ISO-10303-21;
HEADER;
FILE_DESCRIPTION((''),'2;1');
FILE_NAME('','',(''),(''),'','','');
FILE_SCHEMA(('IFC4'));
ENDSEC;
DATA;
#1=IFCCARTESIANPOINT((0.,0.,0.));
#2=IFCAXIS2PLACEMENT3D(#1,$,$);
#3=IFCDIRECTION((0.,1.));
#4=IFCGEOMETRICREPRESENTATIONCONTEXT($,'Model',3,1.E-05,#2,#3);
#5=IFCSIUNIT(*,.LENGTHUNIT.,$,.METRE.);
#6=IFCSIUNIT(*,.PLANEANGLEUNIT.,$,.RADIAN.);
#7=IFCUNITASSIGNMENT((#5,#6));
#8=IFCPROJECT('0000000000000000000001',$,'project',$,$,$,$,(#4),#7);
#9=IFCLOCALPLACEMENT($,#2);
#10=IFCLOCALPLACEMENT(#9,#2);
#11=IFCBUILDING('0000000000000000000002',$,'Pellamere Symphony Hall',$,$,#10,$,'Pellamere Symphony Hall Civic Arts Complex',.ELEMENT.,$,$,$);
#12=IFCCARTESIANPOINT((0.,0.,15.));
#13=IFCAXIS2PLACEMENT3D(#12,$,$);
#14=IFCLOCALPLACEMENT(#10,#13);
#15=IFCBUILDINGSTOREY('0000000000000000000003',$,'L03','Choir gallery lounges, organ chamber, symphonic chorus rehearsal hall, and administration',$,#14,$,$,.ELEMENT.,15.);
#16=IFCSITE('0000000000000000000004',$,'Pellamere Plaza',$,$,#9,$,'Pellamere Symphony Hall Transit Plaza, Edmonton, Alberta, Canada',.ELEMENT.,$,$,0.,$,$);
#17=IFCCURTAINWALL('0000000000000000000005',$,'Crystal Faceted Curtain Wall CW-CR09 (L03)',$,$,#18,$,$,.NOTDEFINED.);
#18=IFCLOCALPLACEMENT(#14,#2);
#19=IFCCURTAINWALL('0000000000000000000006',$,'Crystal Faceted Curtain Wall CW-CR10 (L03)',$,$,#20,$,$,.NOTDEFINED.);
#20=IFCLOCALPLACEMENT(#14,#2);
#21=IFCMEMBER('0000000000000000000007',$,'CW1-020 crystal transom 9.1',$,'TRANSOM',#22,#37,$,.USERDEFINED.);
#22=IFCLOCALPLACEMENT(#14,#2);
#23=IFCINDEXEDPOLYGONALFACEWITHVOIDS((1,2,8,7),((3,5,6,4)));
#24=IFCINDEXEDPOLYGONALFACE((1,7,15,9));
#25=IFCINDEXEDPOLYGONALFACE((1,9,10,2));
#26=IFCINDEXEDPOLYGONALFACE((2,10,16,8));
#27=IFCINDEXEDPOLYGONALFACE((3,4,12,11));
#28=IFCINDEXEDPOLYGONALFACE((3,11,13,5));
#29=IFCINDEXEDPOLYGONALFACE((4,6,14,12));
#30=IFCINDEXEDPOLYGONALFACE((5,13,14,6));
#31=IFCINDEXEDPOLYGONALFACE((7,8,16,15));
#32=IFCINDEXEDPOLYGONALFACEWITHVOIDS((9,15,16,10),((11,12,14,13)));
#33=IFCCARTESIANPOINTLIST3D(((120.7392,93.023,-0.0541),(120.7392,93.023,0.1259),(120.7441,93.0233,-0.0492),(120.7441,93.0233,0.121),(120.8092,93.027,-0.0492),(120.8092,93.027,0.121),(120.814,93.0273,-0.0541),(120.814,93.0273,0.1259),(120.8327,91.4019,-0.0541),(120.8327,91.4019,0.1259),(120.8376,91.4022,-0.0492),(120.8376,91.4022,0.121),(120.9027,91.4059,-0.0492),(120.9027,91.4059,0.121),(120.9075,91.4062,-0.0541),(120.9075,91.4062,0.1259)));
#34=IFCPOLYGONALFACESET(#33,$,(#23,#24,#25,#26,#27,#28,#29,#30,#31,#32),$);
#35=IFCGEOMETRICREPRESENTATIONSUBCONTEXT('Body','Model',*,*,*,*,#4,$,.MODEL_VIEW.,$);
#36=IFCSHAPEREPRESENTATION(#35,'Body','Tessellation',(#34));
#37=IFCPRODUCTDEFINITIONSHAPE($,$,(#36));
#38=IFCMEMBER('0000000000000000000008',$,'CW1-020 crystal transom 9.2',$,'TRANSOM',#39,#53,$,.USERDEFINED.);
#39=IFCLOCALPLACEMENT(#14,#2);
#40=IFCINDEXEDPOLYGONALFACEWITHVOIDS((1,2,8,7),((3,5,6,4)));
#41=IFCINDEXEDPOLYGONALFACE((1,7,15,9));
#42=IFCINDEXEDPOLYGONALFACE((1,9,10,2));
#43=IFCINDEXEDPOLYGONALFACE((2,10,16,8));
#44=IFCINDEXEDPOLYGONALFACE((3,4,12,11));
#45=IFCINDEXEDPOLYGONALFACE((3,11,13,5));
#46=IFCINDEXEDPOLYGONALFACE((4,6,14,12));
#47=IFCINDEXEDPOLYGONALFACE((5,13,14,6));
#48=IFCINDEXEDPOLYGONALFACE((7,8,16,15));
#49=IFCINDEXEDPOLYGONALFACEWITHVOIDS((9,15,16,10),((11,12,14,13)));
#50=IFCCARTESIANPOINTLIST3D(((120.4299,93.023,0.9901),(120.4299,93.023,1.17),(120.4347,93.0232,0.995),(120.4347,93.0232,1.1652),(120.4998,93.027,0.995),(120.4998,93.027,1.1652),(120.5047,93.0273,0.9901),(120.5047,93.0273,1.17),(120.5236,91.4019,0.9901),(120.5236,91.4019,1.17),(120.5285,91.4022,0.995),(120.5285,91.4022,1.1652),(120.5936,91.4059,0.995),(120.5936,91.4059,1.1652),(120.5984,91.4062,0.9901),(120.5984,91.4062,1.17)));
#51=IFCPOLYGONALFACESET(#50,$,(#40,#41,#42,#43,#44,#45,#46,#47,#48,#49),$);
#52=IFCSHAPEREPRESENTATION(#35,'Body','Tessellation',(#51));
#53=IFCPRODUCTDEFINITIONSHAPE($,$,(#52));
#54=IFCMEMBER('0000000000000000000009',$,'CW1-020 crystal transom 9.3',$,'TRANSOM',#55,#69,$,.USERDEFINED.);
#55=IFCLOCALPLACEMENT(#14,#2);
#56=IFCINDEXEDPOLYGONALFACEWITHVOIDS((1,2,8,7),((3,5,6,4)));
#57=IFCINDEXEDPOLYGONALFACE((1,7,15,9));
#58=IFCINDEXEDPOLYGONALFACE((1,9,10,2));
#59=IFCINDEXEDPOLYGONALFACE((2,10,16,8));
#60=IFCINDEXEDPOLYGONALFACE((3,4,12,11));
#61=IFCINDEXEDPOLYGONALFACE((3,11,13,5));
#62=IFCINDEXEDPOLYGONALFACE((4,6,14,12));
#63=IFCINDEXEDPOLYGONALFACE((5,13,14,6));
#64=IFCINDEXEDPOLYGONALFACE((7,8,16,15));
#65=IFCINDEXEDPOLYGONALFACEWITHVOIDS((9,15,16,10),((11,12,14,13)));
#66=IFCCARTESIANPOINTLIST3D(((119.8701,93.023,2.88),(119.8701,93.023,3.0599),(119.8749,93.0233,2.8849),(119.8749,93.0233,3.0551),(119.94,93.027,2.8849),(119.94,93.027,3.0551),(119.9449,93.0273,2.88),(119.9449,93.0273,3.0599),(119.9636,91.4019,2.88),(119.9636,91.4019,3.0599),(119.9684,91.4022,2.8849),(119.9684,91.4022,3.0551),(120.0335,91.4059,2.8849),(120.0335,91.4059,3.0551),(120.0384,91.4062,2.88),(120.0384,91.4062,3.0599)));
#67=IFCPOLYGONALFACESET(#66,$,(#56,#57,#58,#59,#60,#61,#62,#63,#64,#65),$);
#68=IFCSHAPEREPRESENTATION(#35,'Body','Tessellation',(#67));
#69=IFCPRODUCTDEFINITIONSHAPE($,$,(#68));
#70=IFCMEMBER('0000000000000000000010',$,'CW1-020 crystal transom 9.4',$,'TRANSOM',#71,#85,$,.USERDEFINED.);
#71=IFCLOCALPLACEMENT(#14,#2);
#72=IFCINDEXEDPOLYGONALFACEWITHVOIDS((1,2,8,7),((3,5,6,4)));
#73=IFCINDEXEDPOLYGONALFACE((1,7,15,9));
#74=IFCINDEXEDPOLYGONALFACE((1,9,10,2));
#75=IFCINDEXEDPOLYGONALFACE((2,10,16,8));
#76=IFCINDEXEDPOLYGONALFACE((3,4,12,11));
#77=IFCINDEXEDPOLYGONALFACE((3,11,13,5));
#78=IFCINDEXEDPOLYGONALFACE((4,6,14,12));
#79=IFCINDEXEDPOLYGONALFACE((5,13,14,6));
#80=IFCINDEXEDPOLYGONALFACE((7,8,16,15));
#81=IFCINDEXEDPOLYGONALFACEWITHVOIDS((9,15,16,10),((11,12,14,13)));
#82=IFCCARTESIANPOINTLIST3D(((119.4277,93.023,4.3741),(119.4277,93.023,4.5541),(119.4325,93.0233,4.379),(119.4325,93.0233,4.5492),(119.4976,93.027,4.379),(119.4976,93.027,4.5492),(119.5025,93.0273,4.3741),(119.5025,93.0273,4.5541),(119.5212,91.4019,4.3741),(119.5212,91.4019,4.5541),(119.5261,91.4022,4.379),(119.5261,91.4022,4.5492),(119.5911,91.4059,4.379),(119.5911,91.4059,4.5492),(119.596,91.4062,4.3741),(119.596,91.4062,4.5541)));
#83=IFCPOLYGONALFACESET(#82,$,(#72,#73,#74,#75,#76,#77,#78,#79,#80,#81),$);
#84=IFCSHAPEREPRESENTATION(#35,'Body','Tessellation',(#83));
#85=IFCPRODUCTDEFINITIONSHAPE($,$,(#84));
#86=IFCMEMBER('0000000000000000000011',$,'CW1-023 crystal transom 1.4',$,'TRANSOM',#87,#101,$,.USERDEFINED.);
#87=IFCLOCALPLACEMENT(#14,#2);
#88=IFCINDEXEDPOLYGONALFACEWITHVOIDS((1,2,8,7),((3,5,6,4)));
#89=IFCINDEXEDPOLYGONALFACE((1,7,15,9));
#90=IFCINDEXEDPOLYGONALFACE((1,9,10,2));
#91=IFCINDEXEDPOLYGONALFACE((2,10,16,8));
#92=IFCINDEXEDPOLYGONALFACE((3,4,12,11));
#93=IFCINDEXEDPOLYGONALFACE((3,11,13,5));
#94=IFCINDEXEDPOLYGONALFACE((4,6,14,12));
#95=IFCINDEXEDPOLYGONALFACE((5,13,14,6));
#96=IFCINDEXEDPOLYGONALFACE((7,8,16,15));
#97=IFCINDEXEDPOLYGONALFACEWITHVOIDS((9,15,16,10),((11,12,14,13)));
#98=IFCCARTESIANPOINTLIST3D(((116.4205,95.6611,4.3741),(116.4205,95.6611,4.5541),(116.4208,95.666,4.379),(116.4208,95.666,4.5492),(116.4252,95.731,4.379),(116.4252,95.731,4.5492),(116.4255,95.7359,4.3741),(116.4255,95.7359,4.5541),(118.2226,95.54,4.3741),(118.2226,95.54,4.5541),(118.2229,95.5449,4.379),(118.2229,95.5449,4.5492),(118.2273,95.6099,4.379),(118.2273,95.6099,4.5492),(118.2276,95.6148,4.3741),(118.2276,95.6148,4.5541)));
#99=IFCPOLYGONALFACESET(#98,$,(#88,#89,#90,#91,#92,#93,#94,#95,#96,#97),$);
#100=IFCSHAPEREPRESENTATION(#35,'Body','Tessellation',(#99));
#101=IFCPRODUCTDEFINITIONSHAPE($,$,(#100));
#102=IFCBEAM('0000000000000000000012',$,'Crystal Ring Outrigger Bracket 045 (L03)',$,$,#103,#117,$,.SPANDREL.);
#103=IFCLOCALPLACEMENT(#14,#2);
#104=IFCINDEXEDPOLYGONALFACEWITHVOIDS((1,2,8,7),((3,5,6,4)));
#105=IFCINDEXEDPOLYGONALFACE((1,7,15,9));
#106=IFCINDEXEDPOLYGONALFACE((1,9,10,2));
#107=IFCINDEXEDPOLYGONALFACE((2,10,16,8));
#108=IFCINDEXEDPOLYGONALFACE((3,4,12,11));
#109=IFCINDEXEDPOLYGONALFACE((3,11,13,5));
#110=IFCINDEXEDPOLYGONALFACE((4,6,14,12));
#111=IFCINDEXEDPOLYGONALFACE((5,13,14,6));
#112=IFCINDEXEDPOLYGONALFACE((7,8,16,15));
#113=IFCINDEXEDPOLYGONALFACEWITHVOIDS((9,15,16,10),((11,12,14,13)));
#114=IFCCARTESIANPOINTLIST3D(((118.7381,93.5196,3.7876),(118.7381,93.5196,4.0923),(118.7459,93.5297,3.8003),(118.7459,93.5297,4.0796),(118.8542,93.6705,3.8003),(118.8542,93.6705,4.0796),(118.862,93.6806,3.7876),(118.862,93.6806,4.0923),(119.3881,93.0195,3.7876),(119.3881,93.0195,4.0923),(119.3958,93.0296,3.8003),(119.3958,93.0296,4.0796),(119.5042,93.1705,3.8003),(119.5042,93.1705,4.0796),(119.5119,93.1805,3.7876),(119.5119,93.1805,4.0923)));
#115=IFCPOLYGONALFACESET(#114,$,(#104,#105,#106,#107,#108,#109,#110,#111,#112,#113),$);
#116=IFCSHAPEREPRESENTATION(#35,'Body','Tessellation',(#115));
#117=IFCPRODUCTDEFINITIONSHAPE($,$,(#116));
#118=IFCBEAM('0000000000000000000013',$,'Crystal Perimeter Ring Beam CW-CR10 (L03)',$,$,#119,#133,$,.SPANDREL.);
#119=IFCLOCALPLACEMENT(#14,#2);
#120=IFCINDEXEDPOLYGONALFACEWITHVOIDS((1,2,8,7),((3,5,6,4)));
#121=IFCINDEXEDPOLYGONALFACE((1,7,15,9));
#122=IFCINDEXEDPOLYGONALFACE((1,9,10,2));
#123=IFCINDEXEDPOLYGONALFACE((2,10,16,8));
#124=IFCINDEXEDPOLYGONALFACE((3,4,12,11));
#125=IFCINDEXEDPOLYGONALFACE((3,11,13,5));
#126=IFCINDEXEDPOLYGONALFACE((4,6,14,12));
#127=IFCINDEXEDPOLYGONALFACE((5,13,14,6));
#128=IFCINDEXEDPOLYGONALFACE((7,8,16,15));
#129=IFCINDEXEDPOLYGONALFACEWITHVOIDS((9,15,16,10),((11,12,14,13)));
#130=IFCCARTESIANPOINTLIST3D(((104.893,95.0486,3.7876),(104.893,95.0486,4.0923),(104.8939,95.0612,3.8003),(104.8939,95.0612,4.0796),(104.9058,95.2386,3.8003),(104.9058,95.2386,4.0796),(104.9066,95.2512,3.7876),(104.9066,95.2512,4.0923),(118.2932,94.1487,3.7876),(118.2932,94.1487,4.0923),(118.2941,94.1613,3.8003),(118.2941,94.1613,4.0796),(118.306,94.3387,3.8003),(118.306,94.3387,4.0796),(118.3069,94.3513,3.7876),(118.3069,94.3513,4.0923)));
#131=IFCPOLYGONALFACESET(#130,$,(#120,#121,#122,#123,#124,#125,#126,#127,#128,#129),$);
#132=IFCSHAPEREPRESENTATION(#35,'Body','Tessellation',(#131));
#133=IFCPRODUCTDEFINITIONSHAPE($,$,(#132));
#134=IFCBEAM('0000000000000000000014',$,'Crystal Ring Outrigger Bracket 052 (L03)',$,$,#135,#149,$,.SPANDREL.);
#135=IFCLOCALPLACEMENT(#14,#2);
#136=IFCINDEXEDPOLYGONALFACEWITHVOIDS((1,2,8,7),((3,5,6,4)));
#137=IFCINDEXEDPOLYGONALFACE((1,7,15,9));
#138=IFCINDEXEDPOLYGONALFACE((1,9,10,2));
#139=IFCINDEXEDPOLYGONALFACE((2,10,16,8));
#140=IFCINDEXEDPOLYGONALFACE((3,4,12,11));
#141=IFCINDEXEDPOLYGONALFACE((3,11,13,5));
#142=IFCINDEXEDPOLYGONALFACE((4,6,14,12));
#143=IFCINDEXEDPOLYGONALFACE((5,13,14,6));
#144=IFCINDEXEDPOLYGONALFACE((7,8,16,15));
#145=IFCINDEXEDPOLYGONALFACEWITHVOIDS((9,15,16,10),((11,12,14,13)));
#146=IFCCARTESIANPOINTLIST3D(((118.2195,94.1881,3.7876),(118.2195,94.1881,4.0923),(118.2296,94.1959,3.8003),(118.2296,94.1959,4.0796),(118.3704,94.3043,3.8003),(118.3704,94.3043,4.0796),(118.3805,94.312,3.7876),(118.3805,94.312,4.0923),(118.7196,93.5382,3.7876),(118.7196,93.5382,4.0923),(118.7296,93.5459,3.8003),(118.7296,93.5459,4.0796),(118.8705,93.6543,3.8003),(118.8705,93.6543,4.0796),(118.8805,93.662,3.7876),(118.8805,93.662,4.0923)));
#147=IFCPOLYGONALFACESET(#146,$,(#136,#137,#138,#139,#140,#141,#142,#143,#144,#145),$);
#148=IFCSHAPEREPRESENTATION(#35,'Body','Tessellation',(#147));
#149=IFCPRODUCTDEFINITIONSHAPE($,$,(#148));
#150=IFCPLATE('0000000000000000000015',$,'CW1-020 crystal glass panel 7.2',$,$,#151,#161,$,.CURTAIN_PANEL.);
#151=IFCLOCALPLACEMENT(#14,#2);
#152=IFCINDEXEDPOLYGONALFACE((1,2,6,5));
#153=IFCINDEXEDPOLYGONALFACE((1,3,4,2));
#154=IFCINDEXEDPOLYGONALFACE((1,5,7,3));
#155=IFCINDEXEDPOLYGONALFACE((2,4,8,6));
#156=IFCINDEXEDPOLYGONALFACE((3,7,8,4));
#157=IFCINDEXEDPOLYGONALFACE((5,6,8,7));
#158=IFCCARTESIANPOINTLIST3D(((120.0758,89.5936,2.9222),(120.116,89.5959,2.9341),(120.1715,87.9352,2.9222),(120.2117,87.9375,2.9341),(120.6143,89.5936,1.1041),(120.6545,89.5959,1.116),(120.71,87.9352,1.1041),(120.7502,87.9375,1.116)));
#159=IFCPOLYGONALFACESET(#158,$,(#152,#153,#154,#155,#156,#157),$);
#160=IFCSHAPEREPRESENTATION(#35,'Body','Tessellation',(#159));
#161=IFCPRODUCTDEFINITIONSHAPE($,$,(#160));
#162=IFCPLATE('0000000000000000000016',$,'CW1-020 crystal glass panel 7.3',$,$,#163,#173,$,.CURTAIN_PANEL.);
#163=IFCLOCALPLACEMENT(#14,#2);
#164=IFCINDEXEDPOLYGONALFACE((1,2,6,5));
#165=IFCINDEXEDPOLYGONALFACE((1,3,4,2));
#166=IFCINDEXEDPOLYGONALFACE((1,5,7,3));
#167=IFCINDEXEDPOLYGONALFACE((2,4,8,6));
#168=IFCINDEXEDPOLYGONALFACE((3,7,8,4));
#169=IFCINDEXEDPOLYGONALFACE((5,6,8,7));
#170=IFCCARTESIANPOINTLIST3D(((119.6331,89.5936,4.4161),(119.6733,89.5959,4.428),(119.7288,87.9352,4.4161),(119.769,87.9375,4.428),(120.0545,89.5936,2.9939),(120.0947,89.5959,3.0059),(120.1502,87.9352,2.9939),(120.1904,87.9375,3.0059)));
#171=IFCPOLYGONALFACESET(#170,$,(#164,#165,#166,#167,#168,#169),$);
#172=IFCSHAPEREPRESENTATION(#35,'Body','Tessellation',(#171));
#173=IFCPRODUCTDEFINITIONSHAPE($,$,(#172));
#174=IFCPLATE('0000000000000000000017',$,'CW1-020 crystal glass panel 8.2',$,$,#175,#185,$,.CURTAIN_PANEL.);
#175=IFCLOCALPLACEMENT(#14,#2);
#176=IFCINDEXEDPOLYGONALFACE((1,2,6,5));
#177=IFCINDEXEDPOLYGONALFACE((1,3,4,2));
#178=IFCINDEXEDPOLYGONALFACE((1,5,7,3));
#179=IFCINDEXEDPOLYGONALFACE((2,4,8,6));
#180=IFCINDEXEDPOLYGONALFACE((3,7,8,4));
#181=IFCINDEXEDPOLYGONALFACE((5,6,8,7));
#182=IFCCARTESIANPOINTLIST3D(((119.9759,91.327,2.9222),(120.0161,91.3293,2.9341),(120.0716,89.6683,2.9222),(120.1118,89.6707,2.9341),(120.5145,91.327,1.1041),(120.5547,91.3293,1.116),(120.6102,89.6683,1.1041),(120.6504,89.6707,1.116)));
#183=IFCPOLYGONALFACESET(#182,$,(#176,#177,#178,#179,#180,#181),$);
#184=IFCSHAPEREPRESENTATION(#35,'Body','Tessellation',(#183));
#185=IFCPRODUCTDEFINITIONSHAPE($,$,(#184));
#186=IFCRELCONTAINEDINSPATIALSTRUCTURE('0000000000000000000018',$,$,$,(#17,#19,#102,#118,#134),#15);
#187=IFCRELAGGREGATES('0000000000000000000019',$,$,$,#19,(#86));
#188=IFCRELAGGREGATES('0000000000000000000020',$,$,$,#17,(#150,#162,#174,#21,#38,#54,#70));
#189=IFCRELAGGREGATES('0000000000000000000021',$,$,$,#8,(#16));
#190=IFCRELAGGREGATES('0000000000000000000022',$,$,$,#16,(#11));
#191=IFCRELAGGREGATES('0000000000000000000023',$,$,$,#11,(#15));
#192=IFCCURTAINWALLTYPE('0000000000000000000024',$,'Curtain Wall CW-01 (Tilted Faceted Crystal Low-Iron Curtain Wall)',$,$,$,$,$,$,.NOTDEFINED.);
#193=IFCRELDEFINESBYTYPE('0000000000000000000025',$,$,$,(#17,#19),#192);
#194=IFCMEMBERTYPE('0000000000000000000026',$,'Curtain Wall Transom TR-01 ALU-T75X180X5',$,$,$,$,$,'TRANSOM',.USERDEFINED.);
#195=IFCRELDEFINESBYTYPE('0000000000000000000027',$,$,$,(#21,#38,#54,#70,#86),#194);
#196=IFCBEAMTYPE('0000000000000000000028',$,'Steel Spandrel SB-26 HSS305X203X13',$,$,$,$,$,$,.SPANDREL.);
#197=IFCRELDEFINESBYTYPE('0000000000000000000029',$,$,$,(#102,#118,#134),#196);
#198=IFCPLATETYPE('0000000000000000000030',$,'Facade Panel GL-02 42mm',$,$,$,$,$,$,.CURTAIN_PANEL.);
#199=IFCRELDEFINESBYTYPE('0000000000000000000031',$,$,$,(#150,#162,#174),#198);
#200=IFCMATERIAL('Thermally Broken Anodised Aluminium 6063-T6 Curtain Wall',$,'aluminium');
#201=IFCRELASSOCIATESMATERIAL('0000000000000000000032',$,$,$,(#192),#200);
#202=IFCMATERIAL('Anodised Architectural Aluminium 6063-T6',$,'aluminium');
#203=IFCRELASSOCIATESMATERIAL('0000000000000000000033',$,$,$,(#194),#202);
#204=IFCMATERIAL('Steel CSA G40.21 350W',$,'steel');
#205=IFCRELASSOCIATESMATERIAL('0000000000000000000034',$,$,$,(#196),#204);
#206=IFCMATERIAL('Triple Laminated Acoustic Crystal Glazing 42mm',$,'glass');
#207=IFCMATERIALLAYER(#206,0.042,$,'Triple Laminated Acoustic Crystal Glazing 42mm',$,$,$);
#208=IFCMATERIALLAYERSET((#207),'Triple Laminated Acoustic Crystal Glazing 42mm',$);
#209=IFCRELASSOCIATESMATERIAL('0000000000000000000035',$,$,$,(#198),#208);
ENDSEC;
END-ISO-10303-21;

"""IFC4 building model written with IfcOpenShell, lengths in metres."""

from ifc_helpers import new_model, si_unit, direction, frame, origin, origin_2d, place, context, subcontext, project, spatial, polyline, hollow_rectangle, outline, extrude, material, layer, layer_set, material_profile, profile_set, type_object, element, aggregate, save


model = new_model("IFC4")

# Units and contexts
model_context = context("Model", 3, precision=1e-05, world=origin(), true_north=direction((0.0, 1.0)))
body_context = subcontext(model_context, "Body", "Model", "MODEL_VIEW")
ifc_project = project(units=[si_unit("LENGTHUNIT", "METRE"), si_unit("PLANEANGLEUNIT", "RADIAN")], contexts=[model_context])

# Site, building, storey
site_placement = place(None, origin())
site = spatial("IfcSite", under=ifc_project, at=site_placement, Name="Pellamere Plaza", LongName="Pellamere Symphony Hall Transit Plaza, Edmonton, Alberta, Canada", CompositionType="ELEMENT", RefElevation=0.0)
building_placement = place(site_placement, origin())
building = spatial("IfcBuilding", under=site, at=building_placement, Name="Pellamere Symphony Hall", LongName="Pellamere Symphony Hall Civic Arts Complex", CompositionType="ELEMENT")
storey_placement = place(building_placement, frame((0.0, 0.0, 15.0)))
storey = spatial("IfcBuildingStorey", under=building, at=storey_placement, Name="L03", Description="Choir gallery lounges, organ chamber, symphonic chorus rehearsal hall, and administration", CompositionType="ELEMENT", Elevation=15.0)

# Curtain wall
ifc_material_1 = material(Name="Thermally Broken Anodised Aluminium 6063-T6 Curtain Wall", Category="aluminium")
curtain_wall_type = type_object("IfcCurtainWallType", Name="Curtain Wall CW-01 (Tilted Faceted Crystal Low-Iron Curtain Wall)", PredefinedType="NOTDEFINED", material=ifc_material_1)
curtain_wall_1_placement = place(storey_placement, origin())
curtain_wall_1 = element("IfcCurtainWall", 1, at=curtain_wall_1_placement, inside=storey, type_object=curtain_wall_type, Name="Crystal Faceted Curtain Wall CW-CR09 (L03)", PredefinedType="NOTDEFINED")
ifc_material_2 = material(Name="Anodised Architectural Aluminium 6063-T6", Category="aluminium")

# Curtain wall
curtain_wall_2_placement = place(storey_placement, origin())
curtain_wall_2 = element("IfcCurtainWall", 2, at=curtain_wall_2_placement, inside=storey, type_object=curtain_wall_type, Name="Crystal Faceted Curtain Wall CW-CR10 (L03)", PredefinedType="NOTDEFINED")

# Members
ifc_material_profile_1 = material_profile(ifc_material_2, hollow_rectangle(XDim=0.075, YDim=0.1799, WallThickness=0.0049, at=origin_2d()), Name="ALU-T75X180X5")
ifc_profile_set_1 = profile_set([ifc_material_profile_1], Name="Anodised Architectural Aluminium 6063-T6")
member_type_1 = type_object("IfcMemberType", Name="Curtain Wall Transom TR-01 ALU-T75X180X5", ElementType="TRANSOM", PredefinedType="USERDEFINED", material=ifc_profile_set_1)
member_1_placement = place(storey_placement, frame((120.8701, 91.4041, 0.0359), z_axis=(-0.057585, 0.998341, 0.0), x_axis=(-0.998341, -0.057585, 0.0)))
member_1 = element("IfcMember", 3, at=member_1_placement, type_object=member_type_1, Name="CW1-020 crystal transom 9.1", ObjectType="TRANSOM", PredefinedType="USERDEFINED", context=body_context, shape_type="SweptSolid", body=[
    extrude(hollow_rectangle(XDim=0.075, YDim=0.1799, WallThickness=0.0049, at=origin_2d()), origin(), (0.0, 0.0, 1.0), 1.6238),
])
member_2_placement = place(storey_placement, frame((120.561, 91.4041, 1.0801), z_axis=(-0.057735, 0.998332, 0.0), x_axis=(-0.998332, -0.057735, 0.0)))
member_2 = element("IfcMember", 4, at=member_2_placement, type_object=member_type_1, Name="CW1-020 crystal transom 9.2", ObjectType="TRANSOM", PredefinedType="USERDEFINED", context=body_context, shape_type="SweptSolid", body=[
    extrude(hollow_rectangle(XDim=0.075, YDim=0.1799, WallThickness=0.0049, at=origin_2d()), origin(), (0.0, 0.0, 1.0), 1.6238),
])
member_3_placement = place(storey_placement, frame((120.001, 91.4041, 2.97), z_axis=(-0.057585, 0.998341, 0.0), x_axis=(-0.998341, -0.057585, 0.0)))
member_3 = element("IfcMember", 5, at=member_3_placement, type_object=member_type_1, Name="CW1-020 crystal transom 9.3", ObjectType="TRANSOM", PredefinedType="USERDEFINED", context=body_context, shape_type="SweptSolid", body=[
    extrude(hollow_rectangle(XDim=0.075, YDim=0.1799, WallThickness=0.0049, at=origin_2d()), origin(), (0.0, 0.0, 1.0), 1.6238),
])
member_4_placement = place(storey_placement, frame((119.5586, 91.4041, 4.4641), z_axis=(-0.057585, 0.998341, 0.0), x_axis=(-0.998341, -0.057585, 0.0)))
member_4 = element("IfcMember", 6, at=member_4_placement, type_object=member_type_1, Name="CW1-020 crystal transom 9.4", ObjectType="TRANSOM", PredefinedType="USERDEFINED", context=body_context, shape_type="SweptSolid", body=[
    extrude(hollow_rectangle(XDim=0.075, YDim=0.1799, WallThickness=0.0049, at=origin_2d()), origin(), (0.0, 0.0, 1.0), 1.6238),
])
member_5_placement = place(storey_placement, frame((118.2251, 95.5774, 4.4641), z_axis=(-0.99775, 0.067048, 0.0), x_axis=(-0.067048, -0.99775, 0.0)))
member_5 = element("IfcMember", 7, at=member_5_placement, type_object=member_type_1, Name="CW1-023 crystal transom 1.4", ObjectType="TRANSOM", PredefinedType="USERDEFINED", context=body_context, shape_type="SweptSolid", body=[
    extrude(hollow_rectangle(XDim=0.075, YDim=0.1799, WallThickness=0.0049, at=origin_2d()), origin(), (0.0, 0.0, 1.0), 1.8062),
])
aggregate(curtain_wall_2, [member_5])

# Beams
ifc_material_3 = material(Name="Steel CSA G40.21 350W", Category="steel")
ifc_material_profile_2 = material_profile(ifc_material_3, hollow_rectangle(XDim=0.2031, YDim=0.3047, WallThickness=0.0127, at=origin_2d()), Name="HSS305X203X13")
ifc_profile_set_2 = profile_set([ifc_material_profile_2], Name="Steel CSA G40.21 350W")
beam_type = type_object("IfcBeamType", Name="Steel Spandrel SB-26 HSS305X203X13", PredefinedType="SPANDREL", material=ifc_profile_set_2)
beam_1_placement = place(storey_placement, frame((118.8, 93.6001, 3.9399), z_axis=(0.79258, -0.609768, 0.0), x_axis=(0.609768, 0.79258, 0.0)))
element("IfcBeam", 8, at=beam_1_placement, inside=storey, type_object=beam_type, Name="Crystal Ring Outrigger Bracket 045 (L03)", PredefinedType="SPANDREL", context=body_context, shape_type="SweptSolid", body=[
    extrude(hollow_rectangle(XDim=0.2031, YDim=0.3047, WallThickness=0.0127, at=origin_2d()), origin(), (0.0, 0.0, 1.0), 0.8201),
])
beam_2_placement = place(storey_placement, frame((118.3, 94.25, 3.9399), z_axis=(-0.997753, 0.067005, 0.0), x_axis=(-0.067005, -0.997753, 0.0)))
element("IfcBeam", 9, at=beam_2_placement, inside=storey, type_object=beam_type, Name="Crystal Perimeter Ring Beam CW-CR10 (L03)", PredefinedType="SPANDREL", context=body_context, shape_type="SweptSolid", body=[
    extrude(hollow_rectangle(XDim=0.2031, YDim=0.3047, WallThickness=0.0127, at=origin_2d()), origin(), (0.0, 0.0, 1.0), 13.4304),
])
beam_3_placement = place(storey_placement, frame((118.8, 93.6001, 3.9399), z_axis=(-0.609768, 0.79258, 0.0), x_axis=(-0.79258, -0.609768, 0.0)))
element("IfcBeam", 10, at=beam_3_placement, inside=storey, type_object=beam_type, Name="Crystal Ring Outrigger Bracket 052 (L03)", PredefinedType="SPANDREL", context=body_context, shape_type="SweptSolid", body=[
    extrude(hollow_rectangle(XDim=0.2031, YDim=0.3047, WallThickness=0.0127, at=origin_2d()), origin(), (0.0, 0.0, 1.0), 0.8201),
])

# Plates
ifc_material_4 = material(Name="Triple Laminated Acoustic Crystal Glazing 42mm", Category="glass")
ifc_layer_1 = layer(ifc_material_4, 0.042, Name="Triple Laminated Acoustic Crystal Glazing 42mm")
ifc_layer_set_1 = layer_set([ifc_layer_1], Name="Triple Laminated Acoustic Crystal Glazing 42mm")
plate_type_1 = type_object("IfcPlateType", Name="Facade Panel GL-02 42mm", PredefinedType="CURTAIN_PANEL", material=ifc_layer_set_1)
plate_1_placement = place(storey_placement, frame((120.7502, 87.9375, 1.116), z_axis=(0.957352, 0.055245, 0.283593), x_axis=(-0.057611, 0.998339, 0.0)))
plate_1 = element("IfcPlate", 11, at=plate_1_placement, type_object=plate_type_1, Name="CW1-020 crystal glass panel 7.2", PredefinedType="CURTAIN_PANEL", context=body_context, shape_type="SweptSolid", body=[
    extrude(outline(polyline([(0.0, 0.0), (1.6612, 0.0), (1.6922, 1.896), (0.031, 1.896), (0.0, 0.0)])), origin(), (0.0, 0.0, -1.0), 0.042),
])
plate_2_placement = place(storey_placement, frame((120.1904, 87.9375, 3.0059), z_axis=(0.957331, 0.055244, 0.283666), x_axis=(-0.057611, 0.998339, 0.0)))
plate_2 = element("IfcPlate", 12, at=plate_2_placement, type_object=plate_type_1, Name="CW1-020 crystal glass panel 7.3", PredefinedType="CURTAIN_PANEL", context=body_context, shape_type="SweptSolid", body=[
    extrude(outline(polyline([(0.0, 0.0), (1.6612, 0.0), (1.6855, 1.483), (0.0243, 1.483), (0.0, 0.0)])), origin(), (0.0, 0.0, -1.0), 0.042),
])
plate_3_placement = place(storey_placement, frame((120.6504, 89.6707, 1.116), z_axis=(0.957352, 0.055237, 0.283593), x_axis=(-0.057602, 0.99834, 0.0)))
plate_3 = element("IfcPlate", 13, at=plate_3_placement, type_object=plate_type_1, Name="CW1-020 crystal glass panel 8.2", PredefinedType="CURTAIN_PANEL", context=body_context, shape_type="SweptSolid", body=[
    extrude(outline(polyline([(0.0, 0.0), (1.6615, 0.0), (1.6925, 1.896), (0.031, 1.896), (0.0, 0.0)])), origin(), (0.0, 0.0, -1.0), 0.042),
])
aggregate(curtain_wall_1, [plate_1, plate_2, plate_3, member_1, member_2, member_3, member_4])

save(model, "model.ifc")
